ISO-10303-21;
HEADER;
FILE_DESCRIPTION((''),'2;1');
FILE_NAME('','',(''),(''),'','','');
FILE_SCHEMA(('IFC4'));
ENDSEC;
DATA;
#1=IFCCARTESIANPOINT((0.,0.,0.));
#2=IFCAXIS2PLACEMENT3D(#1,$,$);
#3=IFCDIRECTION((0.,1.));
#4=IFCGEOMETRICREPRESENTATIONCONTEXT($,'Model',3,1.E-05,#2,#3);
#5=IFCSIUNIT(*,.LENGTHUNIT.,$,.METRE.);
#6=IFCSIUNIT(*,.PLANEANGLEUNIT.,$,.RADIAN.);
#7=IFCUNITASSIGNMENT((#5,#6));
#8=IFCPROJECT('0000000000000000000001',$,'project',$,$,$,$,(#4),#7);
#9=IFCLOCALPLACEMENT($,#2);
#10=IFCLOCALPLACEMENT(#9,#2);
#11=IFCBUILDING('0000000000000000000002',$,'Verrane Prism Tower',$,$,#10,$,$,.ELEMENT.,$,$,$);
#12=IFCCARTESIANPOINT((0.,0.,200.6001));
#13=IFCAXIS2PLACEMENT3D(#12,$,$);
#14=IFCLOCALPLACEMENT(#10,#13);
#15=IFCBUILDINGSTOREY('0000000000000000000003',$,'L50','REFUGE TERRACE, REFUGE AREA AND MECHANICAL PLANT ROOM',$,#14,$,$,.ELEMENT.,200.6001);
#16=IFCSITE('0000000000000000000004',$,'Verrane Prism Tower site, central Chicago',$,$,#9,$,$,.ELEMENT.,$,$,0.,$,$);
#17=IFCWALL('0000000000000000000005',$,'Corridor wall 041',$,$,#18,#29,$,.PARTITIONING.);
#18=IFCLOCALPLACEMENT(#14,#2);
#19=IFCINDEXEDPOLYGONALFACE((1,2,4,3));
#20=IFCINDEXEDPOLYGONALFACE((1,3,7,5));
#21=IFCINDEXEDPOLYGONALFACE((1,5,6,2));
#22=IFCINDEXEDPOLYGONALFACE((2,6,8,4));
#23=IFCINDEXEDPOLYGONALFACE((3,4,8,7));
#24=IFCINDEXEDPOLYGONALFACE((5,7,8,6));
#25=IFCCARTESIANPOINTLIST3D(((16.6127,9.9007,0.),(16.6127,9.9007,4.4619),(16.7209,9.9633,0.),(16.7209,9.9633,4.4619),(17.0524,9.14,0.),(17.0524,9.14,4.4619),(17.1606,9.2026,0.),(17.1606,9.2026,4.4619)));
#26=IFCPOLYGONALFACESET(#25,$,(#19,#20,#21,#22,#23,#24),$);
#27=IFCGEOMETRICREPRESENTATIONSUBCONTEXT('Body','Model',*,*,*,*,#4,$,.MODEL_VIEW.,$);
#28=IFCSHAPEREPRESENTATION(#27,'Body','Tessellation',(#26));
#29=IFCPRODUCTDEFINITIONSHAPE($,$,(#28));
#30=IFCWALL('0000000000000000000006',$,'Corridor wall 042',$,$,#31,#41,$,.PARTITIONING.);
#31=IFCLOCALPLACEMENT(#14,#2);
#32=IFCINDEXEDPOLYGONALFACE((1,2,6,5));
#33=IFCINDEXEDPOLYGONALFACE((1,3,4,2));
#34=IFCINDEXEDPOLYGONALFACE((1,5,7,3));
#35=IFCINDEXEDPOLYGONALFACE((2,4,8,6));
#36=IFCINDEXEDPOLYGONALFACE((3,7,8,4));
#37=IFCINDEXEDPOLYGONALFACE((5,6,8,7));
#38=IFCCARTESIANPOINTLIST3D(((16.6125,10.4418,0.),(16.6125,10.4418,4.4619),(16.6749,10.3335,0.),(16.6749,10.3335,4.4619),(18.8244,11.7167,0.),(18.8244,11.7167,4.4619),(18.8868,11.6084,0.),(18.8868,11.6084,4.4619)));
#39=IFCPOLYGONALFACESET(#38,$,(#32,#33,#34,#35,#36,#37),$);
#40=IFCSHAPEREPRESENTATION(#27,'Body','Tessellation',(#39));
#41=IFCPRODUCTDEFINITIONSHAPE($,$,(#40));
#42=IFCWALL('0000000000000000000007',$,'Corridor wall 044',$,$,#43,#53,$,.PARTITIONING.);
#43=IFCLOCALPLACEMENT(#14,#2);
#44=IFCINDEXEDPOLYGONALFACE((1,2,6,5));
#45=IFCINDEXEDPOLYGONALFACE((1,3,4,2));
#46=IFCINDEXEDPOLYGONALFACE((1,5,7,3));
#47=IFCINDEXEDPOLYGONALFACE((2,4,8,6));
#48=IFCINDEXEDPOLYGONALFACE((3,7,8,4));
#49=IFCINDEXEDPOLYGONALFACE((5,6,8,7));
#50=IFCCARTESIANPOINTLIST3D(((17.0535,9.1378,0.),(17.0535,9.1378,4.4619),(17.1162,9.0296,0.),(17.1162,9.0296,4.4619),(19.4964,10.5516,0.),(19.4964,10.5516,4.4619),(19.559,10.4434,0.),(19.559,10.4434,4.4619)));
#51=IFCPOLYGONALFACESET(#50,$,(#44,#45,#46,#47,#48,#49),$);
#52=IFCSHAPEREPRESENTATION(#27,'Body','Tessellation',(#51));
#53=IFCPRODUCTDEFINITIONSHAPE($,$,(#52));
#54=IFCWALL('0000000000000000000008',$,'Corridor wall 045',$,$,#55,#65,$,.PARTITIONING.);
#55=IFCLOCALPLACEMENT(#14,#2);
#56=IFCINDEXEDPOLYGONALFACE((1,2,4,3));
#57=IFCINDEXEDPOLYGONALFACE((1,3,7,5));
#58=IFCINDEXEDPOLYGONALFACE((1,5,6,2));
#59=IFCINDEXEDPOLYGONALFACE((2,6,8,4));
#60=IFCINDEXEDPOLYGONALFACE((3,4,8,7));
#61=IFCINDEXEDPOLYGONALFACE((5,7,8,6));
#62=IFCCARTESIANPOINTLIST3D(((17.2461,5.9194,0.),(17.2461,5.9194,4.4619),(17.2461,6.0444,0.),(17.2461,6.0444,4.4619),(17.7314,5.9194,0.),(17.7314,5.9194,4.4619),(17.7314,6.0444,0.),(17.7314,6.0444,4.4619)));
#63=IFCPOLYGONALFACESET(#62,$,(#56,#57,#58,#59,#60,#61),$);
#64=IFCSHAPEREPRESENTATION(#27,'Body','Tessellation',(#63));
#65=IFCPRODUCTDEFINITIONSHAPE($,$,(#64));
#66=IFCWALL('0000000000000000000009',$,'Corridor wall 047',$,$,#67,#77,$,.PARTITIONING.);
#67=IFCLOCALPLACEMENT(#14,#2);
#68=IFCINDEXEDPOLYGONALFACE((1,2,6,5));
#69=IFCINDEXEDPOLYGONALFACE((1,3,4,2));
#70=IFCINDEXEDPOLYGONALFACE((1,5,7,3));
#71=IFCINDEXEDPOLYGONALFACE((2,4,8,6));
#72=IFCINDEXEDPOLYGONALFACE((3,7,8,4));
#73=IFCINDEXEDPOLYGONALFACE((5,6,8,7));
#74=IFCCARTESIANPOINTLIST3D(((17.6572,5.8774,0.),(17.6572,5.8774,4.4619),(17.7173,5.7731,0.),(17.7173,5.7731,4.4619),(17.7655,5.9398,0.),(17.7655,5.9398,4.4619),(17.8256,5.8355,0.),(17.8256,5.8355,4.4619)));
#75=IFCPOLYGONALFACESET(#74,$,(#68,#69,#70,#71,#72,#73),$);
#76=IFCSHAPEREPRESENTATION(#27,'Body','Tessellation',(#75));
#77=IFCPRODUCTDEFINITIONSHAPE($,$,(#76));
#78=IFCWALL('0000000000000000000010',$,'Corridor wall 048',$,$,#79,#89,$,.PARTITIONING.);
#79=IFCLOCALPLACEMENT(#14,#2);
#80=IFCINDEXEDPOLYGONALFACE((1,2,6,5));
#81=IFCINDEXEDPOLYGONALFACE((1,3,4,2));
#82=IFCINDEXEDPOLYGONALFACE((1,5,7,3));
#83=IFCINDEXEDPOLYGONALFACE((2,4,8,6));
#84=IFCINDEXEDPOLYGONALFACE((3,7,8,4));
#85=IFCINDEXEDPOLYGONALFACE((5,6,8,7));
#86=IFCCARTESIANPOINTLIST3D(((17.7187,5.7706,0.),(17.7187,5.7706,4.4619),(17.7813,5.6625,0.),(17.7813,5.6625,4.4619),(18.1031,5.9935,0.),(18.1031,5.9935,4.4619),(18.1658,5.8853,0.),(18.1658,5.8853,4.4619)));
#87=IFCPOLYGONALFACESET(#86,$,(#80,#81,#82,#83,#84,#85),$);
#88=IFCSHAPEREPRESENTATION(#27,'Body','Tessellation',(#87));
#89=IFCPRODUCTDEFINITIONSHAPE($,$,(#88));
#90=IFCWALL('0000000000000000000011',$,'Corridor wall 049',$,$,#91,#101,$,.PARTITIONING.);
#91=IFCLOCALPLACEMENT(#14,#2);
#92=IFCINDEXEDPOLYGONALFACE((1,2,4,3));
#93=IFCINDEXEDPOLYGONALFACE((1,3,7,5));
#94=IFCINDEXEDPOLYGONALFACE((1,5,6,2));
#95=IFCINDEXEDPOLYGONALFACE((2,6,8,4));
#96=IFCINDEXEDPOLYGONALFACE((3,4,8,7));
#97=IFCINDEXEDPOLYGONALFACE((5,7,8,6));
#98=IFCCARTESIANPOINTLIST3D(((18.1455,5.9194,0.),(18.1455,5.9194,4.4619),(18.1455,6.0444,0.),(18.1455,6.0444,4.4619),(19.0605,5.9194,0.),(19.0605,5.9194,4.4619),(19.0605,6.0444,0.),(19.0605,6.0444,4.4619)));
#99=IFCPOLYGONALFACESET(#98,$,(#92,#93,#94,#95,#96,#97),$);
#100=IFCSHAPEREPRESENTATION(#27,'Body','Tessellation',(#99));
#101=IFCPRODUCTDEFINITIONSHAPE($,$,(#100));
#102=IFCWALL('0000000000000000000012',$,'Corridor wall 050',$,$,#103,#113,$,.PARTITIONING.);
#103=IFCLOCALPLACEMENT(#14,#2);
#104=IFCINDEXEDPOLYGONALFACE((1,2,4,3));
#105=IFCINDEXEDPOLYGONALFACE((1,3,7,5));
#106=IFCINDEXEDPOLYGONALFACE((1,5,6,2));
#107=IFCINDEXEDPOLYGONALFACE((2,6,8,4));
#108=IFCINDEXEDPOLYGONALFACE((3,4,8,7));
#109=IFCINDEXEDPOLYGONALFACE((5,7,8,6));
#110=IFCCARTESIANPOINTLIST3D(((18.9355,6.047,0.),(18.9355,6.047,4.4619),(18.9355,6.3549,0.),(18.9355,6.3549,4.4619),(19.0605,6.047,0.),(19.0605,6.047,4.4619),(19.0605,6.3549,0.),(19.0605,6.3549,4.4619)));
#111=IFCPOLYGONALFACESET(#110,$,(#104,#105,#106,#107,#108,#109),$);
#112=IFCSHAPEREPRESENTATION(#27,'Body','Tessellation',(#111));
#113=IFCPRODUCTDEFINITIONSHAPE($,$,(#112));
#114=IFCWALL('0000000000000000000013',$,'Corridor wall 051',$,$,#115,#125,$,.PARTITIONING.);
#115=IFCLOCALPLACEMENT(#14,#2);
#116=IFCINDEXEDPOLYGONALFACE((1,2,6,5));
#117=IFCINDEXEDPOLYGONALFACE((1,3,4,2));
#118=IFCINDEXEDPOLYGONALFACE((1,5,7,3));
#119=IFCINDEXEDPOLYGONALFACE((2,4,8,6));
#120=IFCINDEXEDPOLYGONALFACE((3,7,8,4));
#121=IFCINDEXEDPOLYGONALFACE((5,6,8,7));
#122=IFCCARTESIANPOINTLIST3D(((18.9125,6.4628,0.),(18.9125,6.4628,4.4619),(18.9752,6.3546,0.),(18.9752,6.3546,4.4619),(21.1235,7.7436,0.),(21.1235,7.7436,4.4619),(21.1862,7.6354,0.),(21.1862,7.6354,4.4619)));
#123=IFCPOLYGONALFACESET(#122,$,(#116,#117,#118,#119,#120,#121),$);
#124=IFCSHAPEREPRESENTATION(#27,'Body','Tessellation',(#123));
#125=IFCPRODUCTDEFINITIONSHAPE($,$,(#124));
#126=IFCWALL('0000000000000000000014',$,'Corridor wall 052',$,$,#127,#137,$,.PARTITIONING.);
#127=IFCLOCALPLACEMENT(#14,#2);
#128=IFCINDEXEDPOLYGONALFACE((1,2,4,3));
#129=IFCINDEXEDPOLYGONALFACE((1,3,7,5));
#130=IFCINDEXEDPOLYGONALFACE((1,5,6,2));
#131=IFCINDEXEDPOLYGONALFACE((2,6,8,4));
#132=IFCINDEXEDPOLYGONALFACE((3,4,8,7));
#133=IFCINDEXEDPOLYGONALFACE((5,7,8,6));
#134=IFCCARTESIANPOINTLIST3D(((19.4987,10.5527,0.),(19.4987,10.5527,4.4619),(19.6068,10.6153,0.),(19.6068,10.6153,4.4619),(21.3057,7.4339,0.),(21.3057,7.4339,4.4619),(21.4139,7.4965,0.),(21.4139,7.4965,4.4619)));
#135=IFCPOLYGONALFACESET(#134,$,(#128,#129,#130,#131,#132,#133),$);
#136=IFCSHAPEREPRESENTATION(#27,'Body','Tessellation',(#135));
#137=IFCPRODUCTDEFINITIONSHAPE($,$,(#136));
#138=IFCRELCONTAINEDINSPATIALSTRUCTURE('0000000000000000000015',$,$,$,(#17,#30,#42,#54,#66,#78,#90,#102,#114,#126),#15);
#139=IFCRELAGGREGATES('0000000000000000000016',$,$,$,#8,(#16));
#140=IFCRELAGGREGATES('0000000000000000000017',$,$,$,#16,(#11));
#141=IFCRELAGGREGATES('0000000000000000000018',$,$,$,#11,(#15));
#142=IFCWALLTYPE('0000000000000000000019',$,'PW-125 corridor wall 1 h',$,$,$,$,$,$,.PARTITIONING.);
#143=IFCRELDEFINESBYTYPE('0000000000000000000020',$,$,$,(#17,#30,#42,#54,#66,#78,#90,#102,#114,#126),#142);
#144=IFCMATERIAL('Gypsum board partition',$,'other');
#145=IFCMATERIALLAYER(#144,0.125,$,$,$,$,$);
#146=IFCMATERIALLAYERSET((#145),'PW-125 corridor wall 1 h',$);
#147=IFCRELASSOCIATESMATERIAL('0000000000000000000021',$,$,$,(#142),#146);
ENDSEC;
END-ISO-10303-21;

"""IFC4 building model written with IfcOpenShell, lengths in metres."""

from ifc_helpers import new_model, si_unit, direction, frame, frame_2d, origin, place, context, subcontext, project, spatial, rectangle, extrude, material, layer, layer_set, type_object, element, save


model = new_model("IFC4")

# Units and contexts
model_context = context("Model", 3, precision=1e-05, world=origin(), true_north=direction((0.0, 1.0)))
body_context = subcontext(model_context, "Body", "Model", "MODEL_VIEW")
ifc_project = project(units=[si_unit("LENGTHUNIT", "METRE"), si_unit("PLANEANGLEUNIT", "RADIAN")], contexts=[model_context])

# Site, building, storey
site_placement = place(None, origin())
site = spatial("IfcSite", under=ifc_project, at=site_placement, Name="Verrane Prism Tower site, central Chicago", CompositionType="ELEMENT", RefElevation=0.0)
building_placement = place(site_placement, origin())
building = spatial("IfcBuilding", under=site, at=building_placement, Name="Verrane Prism Tower", CompositionType="ELEMENT")
storey_placement = place(building_placement, frame((0.0, 0.0, 200.6001)))
storey = spatial("IfcBuildingStorey", under=building, at=storey_placement, Name="L50", Description="REFUGE TERRACE, REFUGE AREA AND MECHANICAL PLANT ROOM", CompositionType="ELEMENT", Elevation=200.6001)

# Walls
ifc_material_1 = material(Name="Gypsum board partition", Category="other")
ifc_layer_1 = layer(ifc_material_1, 0.125)
ifc_layer_set_1 = layer_set([ifc_layer_1], Name="PW-125 corridor wall 1 h")
wall_type = type_object("IfcWallType", Name="PW-125 corridor wall 1 h", PredefinedType="PARTITIONING", material=ifc_layer_set_1)
wall_1_placement = place(storey_placement, frame((16.6667, 9.9321, 0.0), z_axis=(0.0, 0.0, 1.0), x_axis=(0.500412, -0.865787, 0.0)))
element("IfcWall", 1, at=wall_1_placement, inside=storey, type_object=wall_type, Name="Corridor wall 041", PredefinedType="PARTITIONING", context=body_context, shape_type="SweptSolid", body=[
    extrude(rectangle(XDim=0.8787, YDim=0.125, at=frame_2d((0.4395, 0.0))), origin(), (0.0, 0.0, 1.0), 4.4619),
])
wall_2_placement = place(storey_placement, frame((16.6438, 10.3877, 0.0), z_axis=(0.0, 0.0, 1.0), x_axis=(0.866389, 0.499369, 0.0)))
element("IfcWall", 2, at=wall_2_placement, inside=storey, type_object=wall_type, Name="Corridor wall 042", PredefinedType="PARTITIONING", context=body_context, shape_type="SweptSolid", body=[
    extrude(rectangle(XDim=2.553, YDim=0.125, at=frame_2d((1.2764, 0.0))), origin(), (0.0, 0.0, 1.0), 4.4619),
])
wall_3_placement = place(storey_placement, frame((17.085, 9.0837, 0.0), z_axis=(0.0, 0.0, 1.0), x_axis=(0.865499, 0.50091, 0.0)))
element("IfcWall", 3, at=wall_3_placement, inside=storey, type_object=wall_type, Name="Corridor wall 044", PredefinedType="PARTITIONING", context=body_context, shape_type="SweptSolid", body=[
    extrude(rectangle(XDim=2.8225, YDim=0.125, at=frame_2d((1.4111, 0.0))), origin(), (0.0, 0.0, 1.0), 4.4619),
])
wall_4_placement = place(storey_placement, frame((17.2461, 5.9819, 0.0), z_axis=(0.0, 0.0, 1.0), x_axis=(1.0, 0.0, 0.0)))
element("IfcWall", 4, at=wall_4_placement, inside=storey, type_object=wall_type, Name="Corridor wall 045", PredefinedType="PARTITIONING", context=body_context, shape_type="SweptSolid", body=[
    extrude(rectangle(XDim=0.4854, YDim=0.125, at=frame_2d((0.2427, 0.0))), origin(), (0.0, 0.0, 1.0), 4.4619),
])
wall_5_placement = place(storey_placement, frame((17.7114, 5.9084, 0.0), z_axis=(0.0, 0.0, 1.0), x_axis=(0.499195, -0.866489, 0.0)))
element("IfcWall", 5, at=wall_5_placement, inside=storey, type_object=wall_type, Name="Corridor wall 047", PredefinedType="PARTITIONING", context=body_context, shape_type="SweptSolid", body=[
    extrude(rectangle(XDim=0.1204, YDim=0.125, at=frame_2d((0.0601, 0.0))), origin(), (0.0, 0.0, 1.0), 4.4619),
])
wall_6_placement = place(storey_placement, frame((17.75, 5.7166, 0.0), z_axis=(0.0, 0.0, 1.0), x_axis=(0.86515, 0.501513, 0.0)))
element("IfcWall", 6, at=wall_6_placement, inside=storey, type_object=wall_type, Name="Corridor wall 048", PredefinedType="PARTITIONING", context=body_context, shape_type="SweptSolid", body=[
    extrude(rectangle(XDim=0.4443, YDim=0.125, at=frame_2d((0.2222, 0.0))), origin(), (0.0, 0.0, 1.0), 4.4619),
])
wall_7_placement = place(storey_placement, frame((18.1455, 5.9819, 0.0), z_axis=(0.0, 0.0, 1.0), x_axis=(1.0, 0.0, 0.0)))
element("IfcWall", 7, at=wall_7_placement, inside=storey, type_object=wall_type, Name="Corridor wall 049", PredefinedType="PARTITIONING", context=body_context, shape_type="SweptSolid", body=[
    extrude(rectangle(XDim=0.915, YDim=0.125, at=frame_2d((0.4575, 0.0))), origin(), (0.0, 0.0, 1.0), 4.4619),
])
wall_8_placement = place(storey_placement, frame((18.998, 6.0471, 0.0), z_axis=(0.0, 0.0, 1.0), x_axis=(0.0, 1.0, 0.0)))
element("IfcWall", 8, at=wall_8_placement, inside=storey, type_object=wall_type, Name="Corridor wall 050", PredefinedType="PARTITIONING", context=body_context, shape_type="SweptSolid", body=[
    extrude(rectangle(XDim=0.3079, YDim=0.125, at=frame_2d((0.1538, 0.0))), origin(), (0.0, 0.0, 1.0), 4.4619),
])
wall_9_placement = place(storey_placement, frame((18.9438, 6.4087, 0.0), z_axis=(0.0, 0.0, 1.0), x_axis=(0.8653, 0.501255, 0.0)))
element("IfcWall", 9, at=wall_9_placement, inside=storey, type_object=wall_type, Name="Corridor wall 051", PredefinedType="PARTITIONING", context=body_context, shape_type="SweptSolid", body=[
    extrude(rectangle(XDim=2.5552, YDim=0.125, at=frame_2d((1.2776, 0.0))), origin(), (0.0, 0.0, 1.0), 4.4619),
])
wall_10_placement = place(storey_placement, frame((19.5527, 10.584, 0.0), z_axis=(0.0, 0.0, 1.0), x_axis=(0.501338, -0.865252, 0.0)))
element("IfcWall", 10, at=wall_10_placement, inside=storey, type_object=wall_type, Name="Corridor wall 052", PredefinedType="PARTITIONING", context=body_context, shape_type="SweptSolid", body=[
    extrude(rectangle(XDim=3.6045, YDim=0.125, at=frame_2d((1.8022, 0.0))), origin(), (0.0, 0.0, 1.0), 4.4619),
])

save(model, "model.ifc")
